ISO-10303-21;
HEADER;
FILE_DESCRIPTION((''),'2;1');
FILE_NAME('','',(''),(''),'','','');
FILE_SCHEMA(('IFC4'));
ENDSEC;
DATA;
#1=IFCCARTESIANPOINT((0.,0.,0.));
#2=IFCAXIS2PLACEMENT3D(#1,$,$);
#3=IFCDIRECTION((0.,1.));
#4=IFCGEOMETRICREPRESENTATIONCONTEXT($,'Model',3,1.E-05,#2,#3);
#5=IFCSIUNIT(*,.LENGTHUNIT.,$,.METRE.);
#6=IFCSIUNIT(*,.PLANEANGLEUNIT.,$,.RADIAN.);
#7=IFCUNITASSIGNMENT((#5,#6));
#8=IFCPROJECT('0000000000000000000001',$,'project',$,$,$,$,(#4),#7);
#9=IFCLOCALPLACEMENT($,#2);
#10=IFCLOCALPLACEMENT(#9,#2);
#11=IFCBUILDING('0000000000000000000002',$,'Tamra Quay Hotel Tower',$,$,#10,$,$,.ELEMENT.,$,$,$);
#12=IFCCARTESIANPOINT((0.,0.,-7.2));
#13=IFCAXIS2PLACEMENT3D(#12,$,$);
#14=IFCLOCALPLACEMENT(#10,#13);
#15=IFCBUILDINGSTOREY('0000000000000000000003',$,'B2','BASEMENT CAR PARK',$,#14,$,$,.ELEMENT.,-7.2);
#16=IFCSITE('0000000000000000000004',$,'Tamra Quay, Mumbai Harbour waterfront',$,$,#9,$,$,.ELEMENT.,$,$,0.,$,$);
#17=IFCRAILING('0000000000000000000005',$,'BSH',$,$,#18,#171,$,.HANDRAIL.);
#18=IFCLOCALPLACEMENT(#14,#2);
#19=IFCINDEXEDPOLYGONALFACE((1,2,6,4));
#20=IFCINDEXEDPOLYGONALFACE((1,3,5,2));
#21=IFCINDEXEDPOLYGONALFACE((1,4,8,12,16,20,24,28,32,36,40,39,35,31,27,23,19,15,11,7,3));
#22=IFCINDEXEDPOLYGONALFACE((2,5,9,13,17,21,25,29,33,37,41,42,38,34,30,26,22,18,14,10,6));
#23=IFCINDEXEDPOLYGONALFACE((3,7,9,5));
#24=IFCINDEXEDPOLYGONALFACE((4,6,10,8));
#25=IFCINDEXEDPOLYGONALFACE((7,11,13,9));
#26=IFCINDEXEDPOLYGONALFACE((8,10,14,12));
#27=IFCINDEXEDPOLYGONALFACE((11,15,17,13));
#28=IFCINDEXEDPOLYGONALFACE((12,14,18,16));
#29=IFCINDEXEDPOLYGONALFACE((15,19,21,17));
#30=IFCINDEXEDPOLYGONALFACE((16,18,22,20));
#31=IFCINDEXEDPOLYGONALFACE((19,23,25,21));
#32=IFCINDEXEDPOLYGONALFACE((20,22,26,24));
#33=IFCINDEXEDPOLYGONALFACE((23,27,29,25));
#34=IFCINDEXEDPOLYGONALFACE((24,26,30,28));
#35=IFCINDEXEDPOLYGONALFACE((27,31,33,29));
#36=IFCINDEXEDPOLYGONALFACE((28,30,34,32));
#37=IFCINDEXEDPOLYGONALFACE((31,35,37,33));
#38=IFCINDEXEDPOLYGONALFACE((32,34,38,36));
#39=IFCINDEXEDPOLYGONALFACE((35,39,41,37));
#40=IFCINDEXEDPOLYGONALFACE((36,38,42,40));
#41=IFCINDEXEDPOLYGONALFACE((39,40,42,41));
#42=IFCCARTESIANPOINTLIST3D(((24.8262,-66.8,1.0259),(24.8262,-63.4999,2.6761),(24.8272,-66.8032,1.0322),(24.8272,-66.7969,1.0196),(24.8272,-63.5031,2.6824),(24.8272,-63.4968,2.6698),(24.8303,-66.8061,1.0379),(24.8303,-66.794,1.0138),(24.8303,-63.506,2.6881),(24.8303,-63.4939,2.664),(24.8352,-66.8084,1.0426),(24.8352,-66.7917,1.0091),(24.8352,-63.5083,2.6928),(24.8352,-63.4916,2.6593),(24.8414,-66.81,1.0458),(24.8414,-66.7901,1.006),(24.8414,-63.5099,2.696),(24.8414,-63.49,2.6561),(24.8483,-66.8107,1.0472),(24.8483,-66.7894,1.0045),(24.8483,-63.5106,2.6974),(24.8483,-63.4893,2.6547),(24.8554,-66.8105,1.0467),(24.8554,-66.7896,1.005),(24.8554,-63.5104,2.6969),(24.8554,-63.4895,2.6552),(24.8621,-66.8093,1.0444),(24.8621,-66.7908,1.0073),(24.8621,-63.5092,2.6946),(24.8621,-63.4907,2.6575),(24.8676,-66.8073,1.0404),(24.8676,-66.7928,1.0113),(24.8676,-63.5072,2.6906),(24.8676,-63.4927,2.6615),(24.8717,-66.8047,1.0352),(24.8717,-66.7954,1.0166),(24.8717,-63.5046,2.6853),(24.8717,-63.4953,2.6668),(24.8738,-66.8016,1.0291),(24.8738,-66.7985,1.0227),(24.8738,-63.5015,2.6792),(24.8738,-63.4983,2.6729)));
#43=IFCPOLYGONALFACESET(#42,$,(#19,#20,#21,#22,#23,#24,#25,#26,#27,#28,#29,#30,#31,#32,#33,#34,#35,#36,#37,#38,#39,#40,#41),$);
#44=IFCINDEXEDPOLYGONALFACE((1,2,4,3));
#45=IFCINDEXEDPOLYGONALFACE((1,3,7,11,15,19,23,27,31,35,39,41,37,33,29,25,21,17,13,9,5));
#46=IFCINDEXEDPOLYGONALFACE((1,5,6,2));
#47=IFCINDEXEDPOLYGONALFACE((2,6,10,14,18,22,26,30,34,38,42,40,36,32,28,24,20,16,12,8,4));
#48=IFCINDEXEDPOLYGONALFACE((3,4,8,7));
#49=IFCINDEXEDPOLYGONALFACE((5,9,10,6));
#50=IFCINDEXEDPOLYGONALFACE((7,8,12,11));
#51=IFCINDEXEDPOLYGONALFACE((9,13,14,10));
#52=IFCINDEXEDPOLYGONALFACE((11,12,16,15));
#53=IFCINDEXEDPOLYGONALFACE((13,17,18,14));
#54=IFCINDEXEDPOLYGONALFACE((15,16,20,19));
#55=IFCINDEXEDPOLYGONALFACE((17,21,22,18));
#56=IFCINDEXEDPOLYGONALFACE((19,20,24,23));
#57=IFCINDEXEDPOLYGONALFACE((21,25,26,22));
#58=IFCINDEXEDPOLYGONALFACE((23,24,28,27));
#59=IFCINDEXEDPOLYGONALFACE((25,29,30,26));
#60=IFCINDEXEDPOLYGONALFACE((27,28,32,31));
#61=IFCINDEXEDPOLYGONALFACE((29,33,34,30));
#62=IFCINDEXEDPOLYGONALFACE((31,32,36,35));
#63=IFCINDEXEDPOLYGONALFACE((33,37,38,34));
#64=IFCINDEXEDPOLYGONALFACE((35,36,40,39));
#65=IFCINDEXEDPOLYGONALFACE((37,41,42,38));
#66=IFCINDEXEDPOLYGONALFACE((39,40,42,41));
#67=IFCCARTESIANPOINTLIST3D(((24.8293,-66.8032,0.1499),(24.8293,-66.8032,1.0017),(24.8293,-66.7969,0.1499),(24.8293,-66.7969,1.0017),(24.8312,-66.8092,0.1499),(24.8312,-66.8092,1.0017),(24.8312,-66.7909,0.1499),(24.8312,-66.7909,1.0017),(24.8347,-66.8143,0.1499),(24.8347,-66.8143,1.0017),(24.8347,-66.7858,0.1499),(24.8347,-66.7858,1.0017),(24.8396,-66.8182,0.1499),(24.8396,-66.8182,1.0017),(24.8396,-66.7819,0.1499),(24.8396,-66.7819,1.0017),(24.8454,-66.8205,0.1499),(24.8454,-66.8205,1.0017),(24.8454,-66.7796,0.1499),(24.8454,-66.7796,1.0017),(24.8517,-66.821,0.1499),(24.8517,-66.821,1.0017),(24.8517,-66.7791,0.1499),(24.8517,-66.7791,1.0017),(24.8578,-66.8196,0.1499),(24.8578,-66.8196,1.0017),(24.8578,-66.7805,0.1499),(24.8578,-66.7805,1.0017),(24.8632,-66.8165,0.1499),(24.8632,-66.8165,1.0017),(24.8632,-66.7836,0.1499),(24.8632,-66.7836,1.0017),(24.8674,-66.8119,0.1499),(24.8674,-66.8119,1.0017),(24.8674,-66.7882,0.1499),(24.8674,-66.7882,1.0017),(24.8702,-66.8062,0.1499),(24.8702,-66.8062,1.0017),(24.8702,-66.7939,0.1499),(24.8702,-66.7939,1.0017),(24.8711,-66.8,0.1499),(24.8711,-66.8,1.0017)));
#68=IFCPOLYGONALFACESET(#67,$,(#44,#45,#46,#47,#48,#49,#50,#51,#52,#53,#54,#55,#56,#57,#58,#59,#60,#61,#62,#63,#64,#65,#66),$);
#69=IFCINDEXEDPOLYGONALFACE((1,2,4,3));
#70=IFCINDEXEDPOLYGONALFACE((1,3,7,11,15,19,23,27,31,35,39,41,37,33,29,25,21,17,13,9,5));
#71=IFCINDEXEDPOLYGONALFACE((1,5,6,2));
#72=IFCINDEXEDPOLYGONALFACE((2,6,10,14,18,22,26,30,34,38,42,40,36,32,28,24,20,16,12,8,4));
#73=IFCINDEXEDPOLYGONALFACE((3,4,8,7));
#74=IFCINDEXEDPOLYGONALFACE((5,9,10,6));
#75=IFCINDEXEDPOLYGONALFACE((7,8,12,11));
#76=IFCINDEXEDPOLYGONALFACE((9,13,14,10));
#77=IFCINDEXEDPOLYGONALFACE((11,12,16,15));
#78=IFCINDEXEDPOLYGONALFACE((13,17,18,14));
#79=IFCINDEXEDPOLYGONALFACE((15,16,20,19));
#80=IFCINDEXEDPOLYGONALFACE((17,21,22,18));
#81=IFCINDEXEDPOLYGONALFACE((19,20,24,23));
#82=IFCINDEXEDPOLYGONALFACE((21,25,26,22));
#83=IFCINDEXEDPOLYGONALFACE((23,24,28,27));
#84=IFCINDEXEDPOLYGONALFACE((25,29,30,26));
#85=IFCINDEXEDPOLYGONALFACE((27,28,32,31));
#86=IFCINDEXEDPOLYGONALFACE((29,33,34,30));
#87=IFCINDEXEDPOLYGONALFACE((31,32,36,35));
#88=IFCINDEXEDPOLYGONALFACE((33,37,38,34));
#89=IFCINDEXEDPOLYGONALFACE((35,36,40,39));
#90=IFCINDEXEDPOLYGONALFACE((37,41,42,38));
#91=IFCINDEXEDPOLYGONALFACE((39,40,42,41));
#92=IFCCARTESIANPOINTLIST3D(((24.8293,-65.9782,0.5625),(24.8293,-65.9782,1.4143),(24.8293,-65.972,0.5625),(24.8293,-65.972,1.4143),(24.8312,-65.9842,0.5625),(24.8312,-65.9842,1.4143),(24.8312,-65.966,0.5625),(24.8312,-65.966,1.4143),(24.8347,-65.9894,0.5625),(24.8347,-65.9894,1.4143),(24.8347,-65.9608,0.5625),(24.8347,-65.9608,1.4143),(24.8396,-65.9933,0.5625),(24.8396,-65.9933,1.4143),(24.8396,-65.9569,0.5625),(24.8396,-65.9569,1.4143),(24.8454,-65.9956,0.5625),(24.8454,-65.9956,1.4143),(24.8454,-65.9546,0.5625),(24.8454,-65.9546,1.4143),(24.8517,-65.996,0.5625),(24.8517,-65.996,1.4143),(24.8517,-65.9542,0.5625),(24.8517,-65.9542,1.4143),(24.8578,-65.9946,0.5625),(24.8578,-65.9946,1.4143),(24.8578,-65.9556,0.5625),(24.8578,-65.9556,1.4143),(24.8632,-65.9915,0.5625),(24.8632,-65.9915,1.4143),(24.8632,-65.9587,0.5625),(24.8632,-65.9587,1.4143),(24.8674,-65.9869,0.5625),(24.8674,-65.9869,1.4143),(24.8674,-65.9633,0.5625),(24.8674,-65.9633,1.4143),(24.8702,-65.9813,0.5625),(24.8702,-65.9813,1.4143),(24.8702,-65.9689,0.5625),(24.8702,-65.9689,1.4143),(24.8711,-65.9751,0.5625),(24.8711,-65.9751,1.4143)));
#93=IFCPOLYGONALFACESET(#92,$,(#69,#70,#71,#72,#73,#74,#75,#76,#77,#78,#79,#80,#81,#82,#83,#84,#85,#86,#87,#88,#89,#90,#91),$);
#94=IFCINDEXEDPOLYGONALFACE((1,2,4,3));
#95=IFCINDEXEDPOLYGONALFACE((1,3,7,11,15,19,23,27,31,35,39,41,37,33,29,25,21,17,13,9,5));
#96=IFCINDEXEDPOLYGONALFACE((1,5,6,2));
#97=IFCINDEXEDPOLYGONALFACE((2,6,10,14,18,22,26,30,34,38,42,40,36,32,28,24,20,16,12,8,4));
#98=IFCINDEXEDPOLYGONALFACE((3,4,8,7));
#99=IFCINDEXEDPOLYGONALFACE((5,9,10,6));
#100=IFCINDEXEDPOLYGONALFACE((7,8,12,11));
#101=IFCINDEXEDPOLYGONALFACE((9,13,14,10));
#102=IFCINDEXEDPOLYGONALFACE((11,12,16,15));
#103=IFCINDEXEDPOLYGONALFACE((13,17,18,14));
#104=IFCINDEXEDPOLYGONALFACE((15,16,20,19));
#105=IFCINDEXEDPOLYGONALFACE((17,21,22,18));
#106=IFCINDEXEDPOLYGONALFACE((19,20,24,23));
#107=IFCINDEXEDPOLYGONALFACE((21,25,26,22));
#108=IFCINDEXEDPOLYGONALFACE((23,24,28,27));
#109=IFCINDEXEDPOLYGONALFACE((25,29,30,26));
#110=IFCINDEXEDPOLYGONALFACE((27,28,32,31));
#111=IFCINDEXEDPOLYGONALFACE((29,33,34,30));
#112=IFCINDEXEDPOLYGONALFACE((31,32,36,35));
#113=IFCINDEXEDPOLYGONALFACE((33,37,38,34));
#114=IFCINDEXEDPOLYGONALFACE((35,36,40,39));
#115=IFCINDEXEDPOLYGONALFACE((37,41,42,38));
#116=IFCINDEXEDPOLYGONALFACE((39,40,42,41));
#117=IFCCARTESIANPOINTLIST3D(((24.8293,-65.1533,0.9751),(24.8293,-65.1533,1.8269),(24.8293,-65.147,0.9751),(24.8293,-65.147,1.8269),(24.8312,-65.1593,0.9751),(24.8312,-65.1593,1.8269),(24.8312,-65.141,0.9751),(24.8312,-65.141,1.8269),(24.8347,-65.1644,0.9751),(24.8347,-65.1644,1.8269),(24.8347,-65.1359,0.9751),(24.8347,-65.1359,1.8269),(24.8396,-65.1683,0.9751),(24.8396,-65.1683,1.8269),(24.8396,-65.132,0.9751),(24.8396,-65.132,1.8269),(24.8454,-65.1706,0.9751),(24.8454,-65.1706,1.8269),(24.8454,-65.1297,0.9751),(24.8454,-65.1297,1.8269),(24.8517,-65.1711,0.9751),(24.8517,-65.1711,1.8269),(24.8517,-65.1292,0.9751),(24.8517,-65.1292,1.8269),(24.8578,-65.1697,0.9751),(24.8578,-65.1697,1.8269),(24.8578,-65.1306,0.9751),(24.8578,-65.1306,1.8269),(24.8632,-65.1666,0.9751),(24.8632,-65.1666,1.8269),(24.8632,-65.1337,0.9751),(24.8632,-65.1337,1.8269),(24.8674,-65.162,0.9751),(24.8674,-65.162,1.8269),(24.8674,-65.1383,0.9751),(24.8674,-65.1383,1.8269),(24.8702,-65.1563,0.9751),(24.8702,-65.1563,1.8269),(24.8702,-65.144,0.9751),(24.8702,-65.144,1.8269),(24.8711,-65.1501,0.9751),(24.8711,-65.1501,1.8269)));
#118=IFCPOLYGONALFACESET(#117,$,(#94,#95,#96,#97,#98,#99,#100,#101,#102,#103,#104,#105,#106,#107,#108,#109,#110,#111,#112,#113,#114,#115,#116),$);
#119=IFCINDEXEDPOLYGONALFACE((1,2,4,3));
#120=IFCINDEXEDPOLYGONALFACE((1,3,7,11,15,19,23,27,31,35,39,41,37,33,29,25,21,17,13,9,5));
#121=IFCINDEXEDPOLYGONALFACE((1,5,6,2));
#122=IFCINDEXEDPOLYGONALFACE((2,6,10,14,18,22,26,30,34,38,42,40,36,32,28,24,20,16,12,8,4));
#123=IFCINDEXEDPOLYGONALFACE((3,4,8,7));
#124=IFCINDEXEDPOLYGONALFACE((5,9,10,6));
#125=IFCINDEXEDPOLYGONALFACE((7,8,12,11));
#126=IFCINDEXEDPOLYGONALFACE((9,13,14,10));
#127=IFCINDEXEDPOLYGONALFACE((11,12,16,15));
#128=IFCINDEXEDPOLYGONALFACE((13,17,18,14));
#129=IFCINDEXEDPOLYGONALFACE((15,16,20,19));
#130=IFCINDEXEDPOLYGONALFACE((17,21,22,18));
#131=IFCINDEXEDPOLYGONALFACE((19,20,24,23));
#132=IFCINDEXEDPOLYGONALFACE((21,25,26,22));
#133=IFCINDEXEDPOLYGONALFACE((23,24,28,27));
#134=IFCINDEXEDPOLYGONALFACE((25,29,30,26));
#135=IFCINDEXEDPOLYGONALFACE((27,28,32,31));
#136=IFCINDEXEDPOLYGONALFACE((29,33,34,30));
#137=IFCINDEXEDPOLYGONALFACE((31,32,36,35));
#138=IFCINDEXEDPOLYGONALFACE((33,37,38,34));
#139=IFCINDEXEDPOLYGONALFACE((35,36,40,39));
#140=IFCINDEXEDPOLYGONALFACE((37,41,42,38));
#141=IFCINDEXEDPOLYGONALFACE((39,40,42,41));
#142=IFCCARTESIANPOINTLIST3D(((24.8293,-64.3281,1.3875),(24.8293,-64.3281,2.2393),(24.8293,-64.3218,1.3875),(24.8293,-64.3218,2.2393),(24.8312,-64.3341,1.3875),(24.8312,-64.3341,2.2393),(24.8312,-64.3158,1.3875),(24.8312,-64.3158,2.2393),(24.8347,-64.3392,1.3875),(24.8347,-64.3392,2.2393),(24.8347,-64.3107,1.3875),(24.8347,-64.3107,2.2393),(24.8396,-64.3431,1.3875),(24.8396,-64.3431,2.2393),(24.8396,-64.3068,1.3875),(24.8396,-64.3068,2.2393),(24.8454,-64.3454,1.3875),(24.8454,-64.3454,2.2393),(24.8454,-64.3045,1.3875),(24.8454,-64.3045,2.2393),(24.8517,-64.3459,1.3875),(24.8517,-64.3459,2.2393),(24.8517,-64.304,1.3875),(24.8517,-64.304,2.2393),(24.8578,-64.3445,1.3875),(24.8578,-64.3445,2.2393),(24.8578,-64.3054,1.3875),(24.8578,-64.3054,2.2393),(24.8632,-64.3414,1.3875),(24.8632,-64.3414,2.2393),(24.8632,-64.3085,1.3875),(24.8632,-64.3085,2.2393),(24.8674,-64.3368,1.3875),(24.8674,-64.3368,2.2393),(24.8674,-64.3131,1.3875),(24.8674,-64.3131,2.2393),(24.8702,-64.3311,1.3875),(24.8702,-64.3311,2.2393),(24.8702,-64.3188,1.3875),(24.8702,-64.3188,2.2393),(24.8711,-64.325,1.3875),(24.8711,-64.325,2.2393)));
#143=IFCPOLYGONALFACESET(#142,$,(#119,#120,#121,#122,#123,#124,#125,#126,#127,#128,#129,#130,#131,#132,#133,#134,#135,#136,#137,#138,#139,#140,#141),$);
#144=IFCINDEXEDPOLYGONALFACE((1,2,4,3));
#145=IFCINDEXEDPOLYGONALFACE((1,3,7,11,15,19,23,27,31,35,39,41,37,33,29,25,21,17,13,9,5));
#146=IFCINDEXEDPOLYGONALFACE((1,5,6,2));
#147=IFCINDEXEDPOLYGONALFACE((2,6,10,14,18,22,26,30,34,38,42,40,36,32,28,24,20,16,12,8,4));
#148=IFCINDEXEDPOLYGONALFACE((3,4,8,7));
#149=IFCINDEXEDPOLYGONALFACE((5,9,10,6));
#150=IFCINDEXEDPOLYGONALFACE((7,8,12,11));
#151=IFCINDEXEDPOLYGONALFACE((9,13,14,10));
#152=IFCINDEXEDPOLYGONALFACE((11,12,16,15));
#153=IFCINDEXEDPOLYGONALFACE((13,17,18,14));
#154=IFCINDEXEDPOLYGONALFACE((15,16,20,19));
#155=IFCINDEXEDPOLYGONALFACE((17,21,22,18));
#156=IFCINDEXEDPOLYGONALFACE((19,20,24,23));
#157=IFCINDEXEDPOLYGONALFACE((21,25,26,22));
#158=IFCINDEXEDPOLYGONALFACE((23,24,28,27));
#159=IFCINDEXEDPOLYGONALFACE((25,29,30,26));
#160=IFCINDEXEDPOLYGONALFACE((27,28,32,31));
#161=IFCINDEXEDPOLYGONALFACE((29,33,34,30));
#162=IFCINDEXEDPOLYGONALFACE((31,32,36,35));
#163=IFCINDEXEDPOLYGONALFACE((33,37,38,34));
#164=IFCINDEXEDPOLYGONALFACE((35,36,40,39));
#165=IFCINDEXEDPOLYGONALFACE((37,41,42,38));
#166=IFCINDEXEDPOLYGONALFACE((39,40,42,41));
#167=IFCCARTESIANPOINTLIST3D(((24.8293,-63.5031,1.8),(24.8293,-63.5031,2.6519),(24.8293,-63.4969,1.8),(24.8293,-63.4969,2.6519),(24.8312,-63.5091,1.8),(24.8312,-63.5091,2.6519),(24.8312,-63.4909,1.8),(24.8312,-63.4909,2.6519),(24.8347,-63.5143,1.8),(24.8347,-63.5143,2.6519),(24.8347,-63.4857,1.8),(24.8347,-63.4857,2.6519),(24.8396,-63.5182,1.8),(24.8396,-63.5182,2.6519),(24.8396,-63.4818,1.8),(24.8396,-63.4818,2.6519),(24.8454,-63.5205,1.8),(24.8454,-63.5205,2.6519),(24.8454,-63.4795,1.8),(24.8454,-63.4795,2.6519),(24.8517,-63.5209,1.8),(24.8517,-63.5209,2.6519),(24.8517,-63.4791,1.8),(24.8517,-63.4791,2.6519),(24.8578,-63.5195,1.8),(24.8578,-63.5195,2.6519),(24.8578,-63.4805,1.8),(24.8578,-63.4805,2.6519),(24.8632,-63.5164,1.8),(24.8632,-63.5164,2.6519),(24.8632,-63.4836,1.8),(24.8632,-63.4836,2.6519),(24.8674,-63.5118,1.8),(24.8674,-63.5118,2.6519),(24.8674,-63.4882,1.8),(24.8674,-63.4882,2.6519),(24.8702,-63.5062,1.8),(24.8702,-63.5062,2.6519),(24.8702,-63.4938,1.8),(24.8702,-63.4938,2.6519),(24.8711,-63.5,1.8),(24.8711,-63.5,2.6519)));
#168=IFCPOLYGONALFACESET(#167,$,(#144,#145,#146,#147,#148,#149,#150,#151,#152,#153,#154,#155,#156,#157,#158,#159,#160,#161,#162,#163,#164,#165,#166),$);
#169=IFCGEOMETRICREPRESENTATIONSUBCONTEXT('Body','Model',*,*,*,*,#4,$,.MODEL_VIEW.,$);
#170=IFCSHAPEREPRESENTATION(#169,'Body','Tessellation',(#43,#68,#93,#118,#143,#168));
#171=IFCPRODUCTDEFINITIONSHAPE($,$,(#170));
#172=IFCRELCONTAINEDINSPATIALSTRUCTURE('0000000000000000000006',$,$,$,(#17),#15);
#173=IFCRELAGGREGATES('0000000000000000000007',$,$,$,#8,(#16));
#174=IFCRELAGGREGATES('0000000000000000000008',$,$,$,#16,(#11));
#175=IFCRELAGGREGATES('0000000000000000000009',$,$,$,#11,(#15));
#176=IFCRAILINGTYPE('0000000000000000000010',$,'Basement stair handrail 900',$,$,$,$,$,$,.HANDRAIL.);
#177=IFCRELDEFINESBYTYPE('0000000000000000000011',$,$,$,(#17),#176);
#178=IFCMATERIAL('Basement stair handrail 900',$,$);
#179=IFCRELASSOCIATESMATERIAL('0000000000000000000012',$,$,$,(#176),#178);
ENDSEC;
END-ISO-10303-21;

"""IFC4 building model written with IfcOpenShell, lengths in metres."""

from ifc_helpers import new_model, si_unit, direction, frame, origin, origin_2d, place, context, subcontext, project, spatial, circle, extrude, material, type_object, element, save


model = new_model("IFC4")

# Units and contexts
model_context = context("Model", 3, precision=1e-05, world=origin(), true_north=direction((0.0, 1.0)))
body_context = subcontext(model_context, "Body", "Model", "MODEL_VIEW")
ifc_project = project(units=[si_unit("LENGTHUNIT", "METRE"), si_unit("PLANEANGLEUNIT", "RADIAN")], contexts=[model_context])

# Site, building, storey
site_placement = place(None, origin())
site = spatial("IfcSite", under=ifc_project, at=site_placement, Name="Tamra Quay, Mumbai Harbour waterfront", CompositionType="ELEMENT", RefElevation=0.0)
building_placement = place(site_placement, origin())
building = spatial("IfcBuilding", under=site, at=building_placement, Name="Tamra Quay Hotel Tower", CompositionType="ELEMENT")
storey_placement = place(building_placement, frame((0.0, 0.0, -7.2)))
storey = spatial("IfcBuildingStorey", under=building, at=storey_placement, Name="B2", Description="BASEMENT CAR PARK", CompositionType="ELEMENT", Elevation=-7.2)

# Railing
ifc_material_1 = material(Name="Basement stair handrail 900")
railing_type_1 = type_object("IfcRailingType", Name="Basement stair handrail 900", PredefinedType="HANDRAIL", material=ifc_material_1)
railing_1_placement = place(storey_placement, frame((24.8501, -66.8, 0.1499)))
element("IfcRailing", 1, at=railing_1_placement, inside=storey, type_object=railing_type_1, Name="BSH", PredefinedType="HANDRAIL", context=body_context, shape_type="SweptSolid", body=[
    extrude(circle(Radius=0.0239, at=origin_2d()), frame((0.0, 0.0, 0.876), z_axis=(0.0, 0.894414, 0.44724), x_axis=(-1.0, 0.0, 0.0)), (0.0, 0.0, 1.0), 3.6897),
    extrude(circle(Radius=0.021, at=origin_2d()), origin(), (0.0, 0.0, 1.0), 0.8518),
    extrude(circle(Radius=0.021, at=origin_2d()), frame((0.0, 0.825, 0.4126)), (0.0, 0.0, 1.0), 0.8518),
    extrude(circle(Radius=0.021, at=origin_2d()), frame((0.0, 1.6499, 0.8252)), (0.0, 0.0, 1.0), 0.8518),
    extrude(circle(Radius=0.021, at=origin_2d()), frame((0.0, 2.4751, 1.2375)), (0.0, 0.0, 1.0), 0.8518),
    extrude(circle(Radius=0.021, at=origin_2d()), frame((0.0, 3.3, 1.6501)), (0.0, 0.0, 1.0), 0.8518),
])

save(model, "model.ifc")
